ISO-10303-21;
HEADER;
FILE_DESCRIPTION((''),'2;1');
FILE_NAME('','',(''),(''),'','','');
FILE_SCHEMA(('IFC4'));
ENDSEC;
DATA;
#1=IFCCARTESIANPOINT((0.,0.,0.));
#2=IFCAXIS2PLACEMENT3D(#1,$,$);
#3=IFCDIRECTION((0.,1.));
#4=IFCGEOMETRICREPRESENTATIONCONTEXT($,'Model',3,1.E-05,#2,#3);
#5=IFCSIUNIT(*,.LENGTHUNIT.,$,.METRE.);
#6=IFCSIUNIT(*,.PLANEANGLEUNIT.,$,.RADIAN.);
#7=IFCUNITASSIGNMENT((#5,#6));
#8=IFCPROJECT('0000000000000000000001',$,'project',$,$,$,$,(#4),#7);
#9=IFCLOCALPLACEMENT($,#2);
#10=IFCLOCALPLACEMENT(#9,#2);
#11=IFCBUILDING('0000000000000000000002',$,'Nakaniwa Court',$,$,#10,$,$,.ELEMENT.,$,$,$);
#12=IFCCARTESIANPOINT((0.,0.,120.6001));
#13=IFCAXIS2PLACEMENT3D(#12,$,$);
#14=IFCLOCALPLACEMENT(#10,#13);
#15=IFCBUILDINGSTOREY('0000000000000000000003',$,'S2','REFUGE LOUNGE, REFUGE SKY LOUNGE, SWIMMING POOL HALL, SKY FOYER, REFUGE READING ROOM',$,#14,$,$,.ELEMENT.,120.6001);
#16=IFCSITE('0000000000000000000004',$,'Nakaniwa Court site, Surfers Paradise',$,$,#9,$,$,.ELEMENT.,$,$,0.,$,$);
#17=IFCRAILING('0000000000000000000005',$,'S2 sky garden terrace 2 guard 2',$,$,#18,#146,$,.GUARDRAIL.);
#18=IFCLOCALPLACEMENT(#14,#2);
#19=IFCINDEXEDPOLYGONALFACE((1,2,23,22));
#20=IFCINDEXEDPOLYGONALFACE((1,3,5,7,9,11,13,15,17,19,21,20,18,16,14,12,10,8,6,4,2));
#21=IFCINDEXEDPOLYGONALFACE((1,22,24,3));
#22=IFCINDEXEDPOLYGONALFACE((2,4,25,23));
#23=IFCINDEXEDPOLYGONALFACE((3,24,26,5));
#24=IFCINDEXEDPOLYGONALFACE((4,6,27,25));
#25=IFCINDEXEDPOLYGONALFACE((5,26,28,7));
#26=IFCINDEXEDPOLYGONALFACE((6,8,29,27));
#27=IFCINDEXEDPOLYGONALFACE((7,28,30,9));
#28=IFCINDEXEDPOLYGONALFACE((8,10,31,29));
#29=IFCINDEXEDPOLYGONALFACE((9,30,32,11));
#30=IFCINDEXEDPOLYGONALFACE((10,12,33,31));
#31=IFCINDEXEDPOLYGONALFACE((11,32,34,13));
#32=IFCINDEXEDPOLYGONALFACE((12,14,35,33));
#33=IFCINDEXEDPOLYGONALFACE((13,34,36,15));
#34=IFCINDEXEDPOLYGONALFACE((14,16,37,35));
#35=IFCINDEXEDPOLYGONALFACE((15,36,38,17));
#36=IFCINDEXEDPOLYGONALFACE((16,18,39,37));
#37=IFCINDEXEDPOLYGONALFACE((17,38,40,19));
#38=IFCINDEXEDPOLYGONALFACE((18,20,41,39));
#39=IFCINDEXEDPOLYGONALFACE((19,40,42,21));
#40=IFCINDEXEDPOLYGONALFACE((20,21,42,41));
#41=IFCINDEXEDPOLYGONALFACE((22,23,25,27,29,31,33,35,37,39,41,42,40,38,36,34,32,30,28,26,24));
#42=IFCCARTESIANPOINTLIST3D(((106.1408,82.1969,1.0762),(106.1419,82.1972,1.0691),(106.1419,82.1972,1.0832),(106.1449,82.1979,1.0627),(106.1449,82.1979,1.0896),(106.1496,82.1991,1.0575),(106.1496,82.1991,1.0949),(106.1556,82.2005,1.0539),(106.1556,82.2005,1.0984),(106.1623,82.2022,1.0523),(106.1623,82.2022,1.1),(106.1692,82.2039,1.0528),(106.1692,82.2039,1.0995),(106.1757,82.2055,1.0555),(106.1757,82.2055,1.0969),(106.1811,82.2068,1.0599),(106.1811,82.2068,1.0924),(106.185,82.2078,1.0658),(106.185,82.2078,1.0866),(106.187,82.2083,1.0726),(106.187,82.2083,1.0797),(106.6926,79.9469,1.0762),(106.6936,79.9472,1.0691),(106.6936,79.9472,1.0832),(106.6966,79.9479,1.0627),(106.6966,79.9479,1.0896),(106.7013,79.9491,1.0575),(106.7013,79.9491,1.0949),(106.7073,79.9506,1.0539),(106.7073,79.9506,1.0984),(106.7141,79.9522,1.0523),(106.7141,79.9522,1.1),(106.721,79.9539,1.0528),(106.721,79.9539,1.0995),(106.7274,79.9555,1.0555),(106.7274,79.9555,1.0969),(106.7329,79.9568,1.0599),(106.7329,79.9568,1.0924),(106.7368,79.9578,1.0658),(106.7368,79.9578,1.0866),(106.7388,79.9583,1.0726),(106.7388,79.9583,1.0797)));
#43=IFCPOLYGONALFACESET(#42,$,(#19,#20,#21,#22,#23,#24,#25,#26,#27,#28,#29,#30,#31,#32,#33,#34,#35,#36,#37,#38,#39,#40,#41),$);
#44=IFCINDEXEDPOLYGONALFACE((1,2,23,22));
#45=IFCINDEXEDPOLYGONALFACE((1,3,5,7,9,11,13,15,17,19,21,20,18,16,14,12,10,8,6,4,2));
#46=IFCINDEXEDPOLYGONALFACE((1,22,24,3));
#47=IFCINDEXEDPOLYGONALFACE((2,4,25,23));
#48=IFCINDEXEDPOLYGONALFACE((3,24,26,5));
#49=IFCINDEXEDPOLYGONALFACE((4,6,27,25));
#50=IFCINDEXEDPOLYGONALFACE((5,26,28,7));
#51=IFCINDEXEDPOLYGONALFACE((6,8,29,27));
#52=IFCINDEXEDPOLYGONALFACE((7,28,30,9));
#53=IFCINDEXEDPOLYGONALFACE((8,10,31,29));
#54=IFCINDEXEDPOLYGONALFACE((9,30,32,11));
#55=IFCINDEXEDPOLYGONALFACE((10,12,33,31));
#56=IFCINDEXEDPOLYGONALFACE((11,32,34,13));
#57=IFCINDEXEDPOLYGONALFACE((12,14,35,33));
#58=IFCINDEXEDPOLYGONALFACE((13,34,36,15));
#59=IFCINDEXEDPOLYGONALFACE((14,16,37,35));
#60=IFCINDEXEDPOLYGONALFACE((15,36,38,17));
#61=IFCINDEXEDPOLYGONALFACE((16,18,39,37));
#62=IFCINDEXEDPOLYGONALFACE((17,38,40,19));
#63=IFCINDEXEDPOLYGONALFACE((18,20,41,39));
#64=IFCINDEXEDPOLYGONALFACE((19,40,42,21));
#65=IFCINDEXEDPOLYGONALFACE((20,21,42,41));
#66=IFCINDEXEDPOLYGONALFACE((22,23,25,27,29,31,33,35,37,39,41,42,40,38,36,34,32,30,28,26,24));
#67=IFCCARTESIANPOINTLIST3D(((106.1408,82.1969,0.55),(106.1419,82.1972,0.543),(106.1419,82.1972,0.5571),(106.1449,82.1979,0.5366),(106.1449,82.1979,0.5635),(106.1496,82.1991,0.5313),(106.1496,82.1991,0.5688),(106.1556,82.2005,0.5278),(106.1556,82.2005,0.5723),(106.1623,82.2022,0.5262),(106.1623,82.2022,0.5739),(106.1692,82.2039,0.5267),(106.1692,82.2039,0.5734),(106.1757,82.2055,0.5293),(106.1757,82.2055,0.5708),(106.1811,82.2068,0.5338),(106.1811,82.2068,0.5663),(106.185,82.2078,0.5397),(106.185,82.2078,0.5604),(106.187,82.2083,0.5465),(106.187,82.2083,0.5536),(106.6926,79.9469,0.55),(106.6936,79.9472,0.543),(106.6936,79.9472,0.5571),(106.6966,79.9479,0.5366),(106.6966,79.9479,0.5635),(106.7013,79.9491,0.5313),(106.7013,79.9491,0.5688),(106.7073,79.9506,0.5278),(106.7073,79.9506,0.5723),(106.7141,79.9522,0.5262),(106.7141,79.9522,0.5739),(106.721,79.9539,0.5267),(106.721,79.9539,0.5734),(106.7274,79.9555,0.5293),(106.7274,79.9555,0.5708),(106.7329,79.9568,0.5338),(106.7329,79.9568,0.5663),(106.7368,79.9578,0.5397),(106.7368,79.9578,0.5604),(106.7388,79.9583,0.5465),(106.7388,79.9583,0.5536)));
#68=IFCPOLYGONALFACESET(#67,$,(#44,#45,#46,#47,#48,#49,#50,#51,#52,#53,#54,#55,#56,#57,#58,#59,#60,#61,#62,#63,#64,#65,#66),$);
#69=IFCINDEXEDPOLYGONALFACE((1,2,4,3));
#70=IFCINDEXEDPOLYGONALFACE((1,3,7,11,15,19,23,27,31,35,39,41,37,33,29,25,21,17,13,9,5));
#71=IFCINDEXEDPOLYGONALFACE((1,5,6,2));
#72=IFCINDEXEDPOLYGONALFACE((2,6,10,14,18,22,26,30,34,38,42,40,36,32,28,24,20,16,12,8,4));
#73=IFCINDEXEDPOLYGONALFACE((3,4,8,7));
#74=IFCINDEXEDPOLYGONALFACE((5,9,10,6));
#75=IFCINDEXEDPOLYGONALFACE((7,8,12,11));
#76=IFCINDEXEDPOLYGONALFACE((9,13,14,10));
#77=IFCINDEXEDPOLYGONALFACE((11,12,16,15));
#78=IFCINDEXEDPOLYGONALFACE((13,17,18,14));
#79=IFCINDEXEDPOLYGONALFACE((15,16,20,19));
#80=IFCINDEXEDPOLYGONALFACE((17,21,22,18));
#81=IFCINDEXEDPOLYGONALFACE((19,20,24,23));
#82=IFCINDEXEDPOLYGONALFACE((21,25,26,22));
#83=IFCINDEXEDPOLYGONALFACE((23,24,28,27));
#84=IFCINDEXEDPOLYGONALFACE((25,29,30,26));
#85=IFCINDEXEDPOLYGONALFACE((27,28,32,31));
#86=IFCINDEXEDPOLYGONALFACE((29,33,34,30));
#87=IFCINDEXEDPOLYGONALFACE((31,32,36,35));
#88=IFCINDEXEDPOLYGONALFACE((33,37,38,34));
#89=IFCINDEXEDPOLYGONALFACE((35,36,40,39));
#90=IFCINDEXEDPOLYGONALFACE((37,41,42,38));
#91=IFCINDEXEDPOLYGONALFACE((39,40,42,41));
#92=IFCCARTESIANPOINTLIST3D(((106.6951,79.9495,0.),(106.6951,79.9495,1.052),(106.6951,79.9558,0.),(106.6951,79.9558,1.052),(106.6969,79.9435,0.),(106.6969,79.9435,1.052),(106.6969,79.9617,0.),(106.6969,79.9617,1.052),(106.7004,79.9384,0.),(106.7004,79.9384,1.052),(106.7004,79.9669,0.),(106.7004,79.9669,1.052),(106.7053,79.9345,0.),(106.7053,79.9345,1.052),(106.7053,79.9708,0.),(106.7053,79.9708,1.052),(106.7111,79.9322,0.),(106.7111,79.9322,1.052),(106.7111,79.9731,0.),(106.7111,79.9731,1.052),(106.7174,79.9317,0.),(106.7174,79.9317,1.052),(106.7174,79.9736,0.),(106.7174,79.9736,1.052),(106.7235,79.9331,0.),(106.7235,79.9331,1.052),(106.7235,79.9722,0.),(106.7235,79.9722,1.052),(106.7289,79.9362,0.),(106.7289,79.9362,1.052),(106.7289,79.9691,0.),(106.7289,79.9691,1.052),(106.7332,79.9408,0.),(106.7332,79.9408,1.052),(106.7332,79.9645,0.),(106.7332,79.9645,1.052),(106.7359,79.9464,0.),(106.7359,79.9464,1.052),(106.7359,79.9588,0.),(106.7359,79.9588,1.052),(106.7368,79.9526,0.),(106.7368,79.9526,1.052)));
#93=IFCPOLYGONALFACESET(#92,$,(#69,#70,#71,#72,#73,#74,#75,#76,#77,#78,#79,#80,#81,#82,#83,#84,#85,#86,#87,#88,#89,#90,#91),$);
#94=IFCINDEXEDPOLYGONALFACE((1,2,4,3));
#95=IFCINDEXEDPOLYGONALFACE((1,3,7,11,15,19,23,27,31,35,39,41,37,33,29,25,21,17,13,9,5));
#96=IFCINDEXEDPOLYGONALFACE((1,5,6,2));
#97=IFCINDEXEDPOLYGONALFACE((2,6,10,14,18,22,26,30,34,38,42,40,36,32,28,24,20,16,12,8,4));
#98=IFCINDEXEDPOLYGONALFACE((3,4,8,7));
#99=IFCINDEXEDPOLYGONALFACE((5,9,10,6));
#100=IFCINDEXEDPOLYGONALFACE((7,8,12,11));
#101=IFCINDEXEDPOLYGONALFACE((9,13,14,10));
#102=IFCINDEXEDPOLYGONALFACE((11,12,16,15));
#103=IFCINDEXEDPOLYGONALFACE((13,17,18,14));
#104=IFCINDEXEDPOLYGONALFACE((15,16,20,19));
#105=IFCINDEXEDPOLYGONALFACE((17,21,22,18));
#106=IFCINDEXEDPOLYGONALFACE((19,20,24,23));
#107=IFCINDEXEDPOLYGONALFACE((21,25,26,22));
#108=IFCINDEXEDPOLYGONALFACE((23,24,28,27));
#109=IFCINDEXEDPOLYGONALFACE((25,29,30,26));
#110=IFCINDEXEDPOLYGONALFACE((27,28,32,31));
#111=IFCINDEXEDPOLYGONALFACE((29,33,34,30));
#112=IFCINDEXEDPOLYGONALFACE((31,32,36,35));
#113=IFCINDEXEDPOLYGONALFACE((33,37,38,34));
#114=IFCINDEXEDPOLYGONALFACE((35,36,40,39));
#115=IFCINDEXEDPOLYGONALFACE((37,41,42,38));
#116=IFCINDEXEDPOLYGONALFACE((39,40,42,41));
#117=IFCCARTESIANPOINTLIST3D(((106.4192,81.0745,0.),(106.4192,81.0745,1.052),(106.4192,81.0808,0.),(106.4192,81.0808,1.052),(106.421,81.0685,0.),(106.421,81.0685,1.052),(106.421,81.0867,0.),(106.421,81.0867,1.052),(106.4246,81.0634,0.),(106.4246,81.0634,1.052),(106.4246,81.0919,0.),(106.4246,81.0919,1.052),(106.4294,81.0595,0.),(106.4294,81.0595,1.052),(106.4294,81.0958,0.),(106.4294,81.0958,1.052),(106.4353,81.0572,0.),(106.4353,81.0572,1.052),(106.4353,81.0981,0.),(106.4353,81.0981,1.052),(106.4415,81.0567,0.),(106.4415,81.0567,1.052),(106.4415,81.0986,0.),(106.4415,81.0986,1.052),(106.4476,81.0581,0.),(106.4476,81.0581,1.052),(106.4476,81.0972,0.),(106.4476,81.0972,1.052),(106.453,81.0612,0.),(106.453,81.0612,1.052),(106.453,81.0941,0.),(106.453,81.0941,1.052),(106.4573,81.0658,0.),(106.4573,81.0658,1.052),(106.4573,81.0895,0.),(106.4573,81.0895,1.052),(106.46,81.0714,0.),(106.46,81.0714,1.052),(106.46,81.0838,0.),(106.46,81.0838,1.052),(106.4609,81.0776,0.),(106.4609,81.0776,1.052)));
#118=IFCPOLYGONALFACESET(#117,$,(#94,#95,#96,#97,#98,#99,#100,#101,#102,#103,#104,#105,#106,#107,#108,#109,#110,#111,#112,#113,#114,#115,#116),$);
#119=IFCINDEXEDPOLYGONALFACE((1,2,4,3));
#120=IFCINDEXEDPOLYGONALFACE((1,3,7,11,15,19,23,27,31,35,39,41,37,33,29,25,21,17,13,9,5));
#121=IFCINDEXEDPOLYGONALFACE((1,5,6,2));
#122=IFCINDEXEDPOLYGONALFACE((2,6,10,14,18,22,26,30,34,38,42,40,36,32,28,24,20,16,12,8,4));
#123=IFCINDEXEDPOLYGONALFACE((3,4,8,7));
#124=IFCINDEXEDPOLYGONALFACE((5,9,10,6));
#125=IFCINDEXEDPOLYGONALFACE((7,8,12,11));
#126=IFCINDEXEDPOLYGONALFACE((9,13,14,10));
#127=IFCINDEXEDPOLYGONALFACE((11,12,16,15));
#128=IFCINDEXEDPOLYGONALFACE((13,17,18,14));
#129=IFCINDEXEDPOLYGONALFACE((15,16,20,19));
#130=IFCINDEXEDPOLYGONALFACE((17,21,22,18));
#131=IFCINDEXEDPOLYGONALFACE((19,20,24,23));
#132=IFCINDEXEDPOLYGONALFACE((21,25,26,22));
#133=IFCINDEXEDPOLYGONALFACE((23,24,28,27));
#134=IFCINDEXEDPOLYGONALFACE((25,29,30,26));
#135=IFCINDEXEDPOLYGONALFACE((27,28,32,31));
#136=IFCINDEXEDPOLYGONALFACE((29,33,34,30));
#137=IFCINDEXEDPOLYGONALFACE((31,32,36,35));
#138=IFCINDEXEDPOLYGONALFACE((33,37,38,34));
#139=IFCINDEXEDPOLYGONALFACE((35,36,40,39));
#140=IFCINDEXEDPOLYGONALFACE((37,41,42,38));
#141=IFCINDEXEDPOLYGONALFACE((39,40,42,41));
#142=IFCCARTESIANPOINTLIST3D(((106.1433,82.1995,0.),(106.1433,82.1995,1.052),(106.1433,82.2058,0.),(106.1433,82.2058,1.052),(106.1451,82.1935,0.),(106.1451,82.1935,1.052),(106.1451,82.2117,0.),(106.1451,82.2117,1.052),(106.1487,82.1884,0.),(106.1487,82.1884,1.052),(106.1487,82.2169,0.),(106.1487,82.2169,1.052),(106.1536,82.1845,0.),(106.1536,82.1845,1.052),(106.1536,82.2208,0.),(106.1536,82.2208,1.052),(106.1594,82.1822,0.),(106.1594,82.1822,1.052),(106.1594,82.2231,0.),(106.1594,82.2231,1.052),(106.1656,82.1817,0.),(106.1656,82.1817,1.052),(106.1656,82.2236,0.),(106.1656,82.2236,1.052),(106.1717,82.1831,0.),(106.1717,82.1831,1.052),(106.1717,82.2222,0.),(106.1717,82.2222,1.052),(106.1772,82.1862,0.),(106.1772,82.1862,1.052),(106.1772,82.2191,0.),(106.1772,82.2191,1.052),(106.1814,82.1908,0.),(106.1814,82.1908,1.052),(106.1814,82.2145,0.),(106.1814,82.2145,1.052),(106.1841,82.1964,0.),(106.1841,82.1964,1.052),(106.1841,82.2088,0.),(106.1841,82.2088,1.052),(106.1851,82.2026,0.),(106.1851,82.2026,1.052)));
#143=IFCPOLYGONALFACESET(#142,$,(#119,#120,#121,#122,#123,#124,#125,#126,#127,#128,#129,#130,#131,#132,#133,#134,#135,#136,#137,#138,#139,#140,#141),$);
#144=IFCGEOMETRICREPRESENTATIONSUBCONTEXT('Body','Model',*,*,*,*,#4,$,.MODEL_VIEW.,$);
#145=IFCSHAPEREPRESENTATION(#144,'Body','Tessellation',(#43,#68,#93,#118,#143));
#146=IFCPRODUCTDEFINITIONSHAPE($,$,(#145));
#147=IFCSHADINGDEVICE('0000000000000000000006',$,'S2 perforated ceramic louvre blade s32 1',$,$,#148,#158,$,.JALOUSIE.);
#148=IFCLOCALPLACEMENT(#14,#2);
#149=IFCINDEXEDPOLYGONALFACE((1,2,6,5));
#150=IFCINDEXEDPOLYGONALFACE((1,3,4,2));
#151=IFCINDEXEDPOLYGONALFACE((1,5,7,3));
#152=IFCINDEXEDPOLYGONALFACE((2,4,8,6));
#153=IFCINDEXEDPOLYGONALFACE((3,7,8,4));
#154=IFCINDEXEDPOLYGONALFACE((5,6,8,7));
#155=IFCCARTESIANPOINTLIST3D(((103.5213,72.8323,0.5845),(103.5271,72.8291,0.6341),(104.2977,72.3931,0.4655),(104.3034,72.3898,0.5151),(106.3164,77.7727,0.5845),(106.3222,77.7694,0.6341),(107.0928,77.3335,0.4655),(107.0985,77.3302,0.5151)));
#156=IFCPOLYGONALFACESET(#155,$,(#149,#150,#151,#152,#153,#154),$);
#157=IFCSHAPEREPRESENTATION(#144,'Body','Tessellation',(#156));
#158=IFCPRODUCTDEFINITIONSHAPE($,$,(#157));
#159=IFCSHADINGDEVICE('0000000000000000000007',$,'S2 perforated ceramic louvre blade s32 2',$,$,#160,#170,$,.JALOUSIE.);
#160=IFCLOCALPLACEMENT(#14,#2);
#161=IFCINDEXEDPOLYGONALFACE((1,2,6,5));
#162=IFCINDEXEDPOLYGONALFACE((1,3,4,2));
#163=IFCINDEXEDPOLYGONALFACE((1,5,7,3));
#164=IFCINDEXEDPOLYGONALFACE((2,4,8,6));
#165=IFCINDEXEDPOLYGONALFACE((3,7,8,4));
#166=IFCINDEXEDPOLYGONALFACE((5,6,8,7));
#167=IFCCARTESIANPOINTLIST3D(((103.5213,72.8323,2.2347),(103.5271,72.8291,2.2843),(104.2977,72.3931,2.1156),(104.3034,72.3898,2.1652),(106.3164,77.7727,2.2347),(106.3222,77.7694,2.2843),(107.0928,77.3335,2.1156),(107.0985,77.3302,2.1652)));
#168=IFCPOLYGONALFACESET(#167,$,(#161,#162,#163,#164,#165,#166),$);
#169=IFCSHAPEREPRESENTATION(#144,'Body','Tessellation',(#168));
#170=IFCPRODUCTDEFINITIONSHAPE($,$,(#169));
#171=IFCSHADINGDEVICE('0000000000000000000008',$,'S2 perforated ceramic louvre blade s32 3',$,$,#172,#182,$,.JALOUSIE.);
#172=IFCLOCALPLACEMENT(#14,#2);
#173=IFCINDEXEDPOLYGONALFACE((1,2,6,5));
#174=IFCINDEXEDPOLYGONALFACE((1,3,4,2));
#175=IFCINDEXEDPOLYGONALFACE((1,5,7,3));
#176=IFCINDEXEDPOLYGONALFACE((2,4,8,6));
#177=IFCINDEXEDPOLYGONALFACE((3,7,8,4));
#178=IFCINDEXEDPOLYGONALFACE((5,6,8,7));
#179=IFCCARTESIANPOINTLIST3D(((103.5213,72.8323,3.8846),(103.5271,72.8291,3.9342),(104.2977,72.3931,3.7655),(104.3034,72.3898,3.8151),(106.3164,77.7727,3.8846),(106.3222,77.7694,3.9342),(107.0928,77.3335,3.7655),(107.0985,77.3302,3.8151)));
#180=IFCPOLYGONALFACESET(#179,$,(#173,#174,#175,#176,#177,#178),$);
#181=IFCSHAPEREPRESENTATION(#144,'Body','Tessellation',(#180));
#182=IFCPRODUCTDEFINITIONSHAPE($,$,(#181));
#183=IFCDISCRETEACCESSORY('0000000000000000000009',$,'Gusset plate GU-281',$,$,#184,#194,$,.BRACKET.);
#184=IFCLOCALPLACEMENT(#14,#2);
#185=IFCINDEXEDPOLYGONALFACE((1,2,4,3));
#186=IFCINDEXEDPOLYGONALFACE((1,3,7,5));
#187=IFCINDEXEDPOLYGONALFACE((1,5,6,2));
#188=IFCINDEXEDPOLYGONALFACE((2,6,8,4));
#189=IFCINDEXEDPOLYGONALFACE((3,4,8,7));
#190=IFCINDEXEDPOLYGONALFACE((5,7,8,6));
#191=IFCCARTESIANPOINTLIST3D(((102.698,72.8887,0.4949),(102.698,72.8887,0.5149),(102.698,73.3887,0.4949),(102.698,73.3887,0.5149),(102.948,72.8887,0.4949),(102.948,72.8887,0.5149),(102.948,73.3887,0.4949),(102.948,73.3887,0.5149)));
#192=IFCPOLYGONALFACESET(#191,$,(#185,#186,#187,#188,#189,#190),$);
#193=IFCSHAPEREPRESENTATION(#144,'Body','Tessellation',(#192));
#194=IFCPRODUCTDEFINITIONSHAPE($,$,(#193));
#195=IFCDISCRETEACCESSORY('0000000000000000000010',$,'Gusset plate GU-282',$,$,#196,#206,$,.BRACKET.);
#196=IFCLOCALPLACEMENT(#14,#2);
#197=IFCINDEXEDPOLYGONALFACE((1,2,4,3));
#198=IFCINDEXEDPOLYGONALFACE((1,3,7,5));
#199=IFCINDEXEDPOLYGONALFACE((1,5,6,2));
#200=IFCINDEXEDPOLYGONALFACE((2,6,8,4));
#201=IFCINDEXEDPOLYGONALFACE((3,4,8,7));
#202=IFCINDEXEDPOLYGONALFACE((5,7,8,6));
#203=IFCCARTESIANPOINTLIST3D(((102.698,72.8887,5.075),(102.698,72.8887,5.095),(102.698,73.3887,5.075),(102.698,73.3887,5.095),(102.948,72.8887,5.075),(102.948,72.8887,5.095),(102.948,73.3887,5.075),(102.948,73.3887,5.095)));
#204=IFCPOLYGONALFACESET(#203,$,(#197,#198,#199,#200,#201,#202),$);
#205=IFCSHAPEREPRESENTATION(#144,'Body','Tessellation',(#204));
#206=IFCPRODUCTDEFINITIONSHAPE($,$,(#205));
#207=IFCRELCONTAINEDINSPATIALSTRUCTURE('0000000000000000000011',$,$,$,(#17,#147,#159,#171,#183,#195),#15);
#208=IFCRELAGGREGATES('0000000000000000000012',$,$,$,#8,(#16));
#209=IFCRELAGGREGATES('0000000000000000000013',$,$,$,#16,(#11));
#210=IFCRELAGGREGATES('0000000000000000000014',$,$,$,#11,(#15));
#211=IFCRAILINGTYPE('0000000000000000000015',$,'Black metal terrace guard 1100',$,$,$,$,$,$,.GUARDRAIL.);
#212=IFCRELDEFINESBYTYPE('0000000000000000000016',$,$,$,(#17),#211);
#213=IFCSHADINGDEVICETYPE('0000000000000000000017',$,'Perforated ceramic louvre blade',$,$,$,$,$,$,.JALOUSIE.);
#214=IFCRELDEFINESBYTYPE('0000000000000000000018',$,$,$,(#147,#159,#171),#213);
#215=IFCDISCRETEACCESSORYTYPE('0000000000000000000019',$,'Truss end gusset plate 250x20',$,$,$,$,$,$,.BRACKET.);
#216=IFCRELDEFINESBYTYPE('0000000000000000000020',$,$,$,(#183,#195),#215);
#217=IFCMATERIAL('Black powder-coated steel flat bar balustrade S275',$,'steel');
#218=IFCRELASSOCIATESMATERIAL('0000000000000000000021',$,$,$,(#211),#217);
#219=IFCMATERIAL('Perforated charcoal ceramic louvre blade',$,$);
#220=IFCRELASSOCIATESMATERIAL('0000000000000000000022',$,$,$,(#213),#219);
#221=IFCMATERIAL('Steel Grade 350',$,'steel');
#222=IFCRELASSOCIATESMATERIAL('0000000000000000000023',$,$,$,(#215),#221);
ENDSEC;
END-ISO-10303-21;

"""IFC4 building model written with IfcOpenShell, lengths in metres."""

from ifc_helpers import new_model, si_unit, direction, frame, origin, origin_2d, place, context, subcontext, project, spatial, rectangle, circle, extrude, material, material_profile, profile_set, type_object, element, save


model = new_model("IFC4")

# Units and contexts
model_context = context("Model", 3, precision=1e-05, world=origin(), true_north=direction((0.0, 1.0)))
body_context = subcontext(model_context, "Body", "Model", "MODEL_VIEW")
ifc_project = project(units=[si_unit("LENGTHUNIT", "METRE"), si_unit("PLANEANGLEUNIT", "RADIAN")], contexts=[model_context])

# Site, building, storey
site_placement = place(None, origin())
site = spatial("IfcSite", under=ifc_project, at=site_placement, Name="Nakaniwa Court site, Surfers Paradise", CompositionType="ELEMENT", RefElevation=0.0)
building_placement = place(site_placement, origin())
building = spatial("IfcBuilding", under=site, at=building_placement, Name="Nakaniwa Court", CompositionType="ELEMENT")
storey_placement = place(building_placement, frame((0.0, 0.0, 120.6001)))
storey = spatial("IfcBuildingStorey", under=building, at=storey_placement, Name="S2", Description="REFUGE LOUNGE, REFUGE SKY LOUNGE, SWIMMING POOL HALL, SKY FOYER, REFUGE READING ROOM", CompositionType="ELEMENT", Elevation=120.6001)

# Shared definitions
ifc_material_1 = material(Name="Steel Grade 350", Category="steel")

# Railing
ifc_material_2 = material(Name="Black powder-coated steel flat bar balustrade S275", Category="steel")
railing_type = type_object("IfcRailingType", Name="Black metal terrace guard 1100", PredefinedType="GUARDRAIL", material=ifc_material_2)
railing_1_placement = place(storey_placement, frame((106.7158, 79.9526, 0.0)))
element("IfcRailing", 1, at=railing_1_placement, inside=storey, type_object=railing_type, Name="S2 sky garden terrace 2 guard 2", PredefinedType="GUARDRAIL", context=body_context, shape_type="SweptSolid", body=[
    extrude(circle(Radius=0.0239, at=origin_2d()), frame((0.0, 0.0, 1.0762), z_axis=(-0.238169, 0.971224, 0.0), x_axis=(-0.971224, -0.238169, 0.0)), (0.0, 0.0, 1.0), 2.3167),
    extrude(circle(Radius=0.0239, at=origin_2d()), frame((0.0, 0.0, 0.55), z_axis=(-0.238169, 0.971224, 0.0), x_axis=(-0.971224, -0.238169, 0.0)), (0.0, 0.0, 1.0), 2.3167),
    extrude(circle(Radius=0.021, at=origin_2d()), origin(), (0.0, 0.0, 1.0), 1.052),
    extrude(circle(Radius=0.021, at=origin_2d()), frame((-0.2759, 1.125, 0.0)), (0.0, 0.0, 1.0), 1.052),
    extrude(circle(Radius=0.021, at=origin_2d()), frame((-0.5518, 2.25, 0.0)), (0.0, 0.0, 1.0), 1.052),
])

# Shading devices
ifc_material_3 = material(Name="Perforated charcoal ceramic louvre blade")
ifc_material_profile_1 = material_profile(ifc_material_3, rectangle(XDim=0.8999, YDim=0.05, at=origin_2d()), Name="Perforated ceramic louvre blade")
ifc_profile_set_1 = profile_set([ifc_material_profile_1], Name="Perforated charcoal ceramic louvre blade")
shading_device_type = type_object("IfcShadingDeviceType", Name="Perforated ceramic louvre blade", PredefinedType="JALOUSIE", material=ifc_profile_set_1)
for number, where, z_axis, x_axis, name in (
    (2, (103.9124, 72.6111, 0.5498), (0.492424, 0.870355, 0.0), (-0.86271, 0.488099, 0.132256), "S2 perforated ceramic louvre blade s32 1"),
    (3, (103.9124, 72.6111, 2.2), (0.492424, 0.870355, 0.0), (-0.86271, 0.488099, 0.132256), "S2 perforated ceramic louvre blade s32 2"),
    (4, (103.9124, 72.6111, 3.8499), (0.492424, 0.870355, 0.0), (-0.86271, 0.488099, 0.132256), "S2 perforated ceramic louvre blade s32 3"),
):
    element("IfcShadingDevice", number, at=place(storey_placement, frame(where, z_axis=z_axis, x_axis=x_axis)), inside=storey, type_object=shading_device_type, Name=name, PredefinedType="JALOUSIE", context=body_context, shape_type="SweptSolid", body=[
        extrude(rectangle(XDim=0.8999, YDim=0.05, at=origin_2d()), origin(), (0.0, 0.0, 1.0), 5.6763),
    ])

# Discrete accessories
ifc_material_profile_2 = material_profile(ifc_material_1, rectangle(XDim=0.25, YDim=0.02, at=origin_2d()), Name="Truss end gusset plate 250x20")
ifc_profile_set_2 = profile_set([ifc_material_profile_2], Name="Steel Grade 350")
discrete_accessory_type = type_object("IfcDiscreteAccessoryType", Name="Truss end gusset plate 250x20", PredefinedType="BRACKET", material=ifc_profile_set_2)
for number, where, z_axis, x_axis, name in (
    (5, (102.823, 73.3887, 0.5049), (0.0, -1.0, 0.0), (1.0, 0.0, 0.0), "Gusset plate GU-281"),
    (6, (102.823, 73.3887, 5.085), (0.0, -1.0, 0.0), (1.0, 0.0, 0.0), "Gusset plate GU-282"),
):
    element("IfcDiscreteAccessory", number, at=place(storey_placement, frame(where, z_axis=z_axis, x_axis=x_axis)), inside=storey, type_object=discrete_accessory_type, Name=name, PredefinedType="BRACKET", context=body_context, shape_type="SweptSolid", body=[
        extrude(rectangle(XDim=0.25, YDim=0.02, at=origin_2d()), origin(), (0.0, 0.0, 1.0), 0.5),
    ])

save(model, "model.ifc")
